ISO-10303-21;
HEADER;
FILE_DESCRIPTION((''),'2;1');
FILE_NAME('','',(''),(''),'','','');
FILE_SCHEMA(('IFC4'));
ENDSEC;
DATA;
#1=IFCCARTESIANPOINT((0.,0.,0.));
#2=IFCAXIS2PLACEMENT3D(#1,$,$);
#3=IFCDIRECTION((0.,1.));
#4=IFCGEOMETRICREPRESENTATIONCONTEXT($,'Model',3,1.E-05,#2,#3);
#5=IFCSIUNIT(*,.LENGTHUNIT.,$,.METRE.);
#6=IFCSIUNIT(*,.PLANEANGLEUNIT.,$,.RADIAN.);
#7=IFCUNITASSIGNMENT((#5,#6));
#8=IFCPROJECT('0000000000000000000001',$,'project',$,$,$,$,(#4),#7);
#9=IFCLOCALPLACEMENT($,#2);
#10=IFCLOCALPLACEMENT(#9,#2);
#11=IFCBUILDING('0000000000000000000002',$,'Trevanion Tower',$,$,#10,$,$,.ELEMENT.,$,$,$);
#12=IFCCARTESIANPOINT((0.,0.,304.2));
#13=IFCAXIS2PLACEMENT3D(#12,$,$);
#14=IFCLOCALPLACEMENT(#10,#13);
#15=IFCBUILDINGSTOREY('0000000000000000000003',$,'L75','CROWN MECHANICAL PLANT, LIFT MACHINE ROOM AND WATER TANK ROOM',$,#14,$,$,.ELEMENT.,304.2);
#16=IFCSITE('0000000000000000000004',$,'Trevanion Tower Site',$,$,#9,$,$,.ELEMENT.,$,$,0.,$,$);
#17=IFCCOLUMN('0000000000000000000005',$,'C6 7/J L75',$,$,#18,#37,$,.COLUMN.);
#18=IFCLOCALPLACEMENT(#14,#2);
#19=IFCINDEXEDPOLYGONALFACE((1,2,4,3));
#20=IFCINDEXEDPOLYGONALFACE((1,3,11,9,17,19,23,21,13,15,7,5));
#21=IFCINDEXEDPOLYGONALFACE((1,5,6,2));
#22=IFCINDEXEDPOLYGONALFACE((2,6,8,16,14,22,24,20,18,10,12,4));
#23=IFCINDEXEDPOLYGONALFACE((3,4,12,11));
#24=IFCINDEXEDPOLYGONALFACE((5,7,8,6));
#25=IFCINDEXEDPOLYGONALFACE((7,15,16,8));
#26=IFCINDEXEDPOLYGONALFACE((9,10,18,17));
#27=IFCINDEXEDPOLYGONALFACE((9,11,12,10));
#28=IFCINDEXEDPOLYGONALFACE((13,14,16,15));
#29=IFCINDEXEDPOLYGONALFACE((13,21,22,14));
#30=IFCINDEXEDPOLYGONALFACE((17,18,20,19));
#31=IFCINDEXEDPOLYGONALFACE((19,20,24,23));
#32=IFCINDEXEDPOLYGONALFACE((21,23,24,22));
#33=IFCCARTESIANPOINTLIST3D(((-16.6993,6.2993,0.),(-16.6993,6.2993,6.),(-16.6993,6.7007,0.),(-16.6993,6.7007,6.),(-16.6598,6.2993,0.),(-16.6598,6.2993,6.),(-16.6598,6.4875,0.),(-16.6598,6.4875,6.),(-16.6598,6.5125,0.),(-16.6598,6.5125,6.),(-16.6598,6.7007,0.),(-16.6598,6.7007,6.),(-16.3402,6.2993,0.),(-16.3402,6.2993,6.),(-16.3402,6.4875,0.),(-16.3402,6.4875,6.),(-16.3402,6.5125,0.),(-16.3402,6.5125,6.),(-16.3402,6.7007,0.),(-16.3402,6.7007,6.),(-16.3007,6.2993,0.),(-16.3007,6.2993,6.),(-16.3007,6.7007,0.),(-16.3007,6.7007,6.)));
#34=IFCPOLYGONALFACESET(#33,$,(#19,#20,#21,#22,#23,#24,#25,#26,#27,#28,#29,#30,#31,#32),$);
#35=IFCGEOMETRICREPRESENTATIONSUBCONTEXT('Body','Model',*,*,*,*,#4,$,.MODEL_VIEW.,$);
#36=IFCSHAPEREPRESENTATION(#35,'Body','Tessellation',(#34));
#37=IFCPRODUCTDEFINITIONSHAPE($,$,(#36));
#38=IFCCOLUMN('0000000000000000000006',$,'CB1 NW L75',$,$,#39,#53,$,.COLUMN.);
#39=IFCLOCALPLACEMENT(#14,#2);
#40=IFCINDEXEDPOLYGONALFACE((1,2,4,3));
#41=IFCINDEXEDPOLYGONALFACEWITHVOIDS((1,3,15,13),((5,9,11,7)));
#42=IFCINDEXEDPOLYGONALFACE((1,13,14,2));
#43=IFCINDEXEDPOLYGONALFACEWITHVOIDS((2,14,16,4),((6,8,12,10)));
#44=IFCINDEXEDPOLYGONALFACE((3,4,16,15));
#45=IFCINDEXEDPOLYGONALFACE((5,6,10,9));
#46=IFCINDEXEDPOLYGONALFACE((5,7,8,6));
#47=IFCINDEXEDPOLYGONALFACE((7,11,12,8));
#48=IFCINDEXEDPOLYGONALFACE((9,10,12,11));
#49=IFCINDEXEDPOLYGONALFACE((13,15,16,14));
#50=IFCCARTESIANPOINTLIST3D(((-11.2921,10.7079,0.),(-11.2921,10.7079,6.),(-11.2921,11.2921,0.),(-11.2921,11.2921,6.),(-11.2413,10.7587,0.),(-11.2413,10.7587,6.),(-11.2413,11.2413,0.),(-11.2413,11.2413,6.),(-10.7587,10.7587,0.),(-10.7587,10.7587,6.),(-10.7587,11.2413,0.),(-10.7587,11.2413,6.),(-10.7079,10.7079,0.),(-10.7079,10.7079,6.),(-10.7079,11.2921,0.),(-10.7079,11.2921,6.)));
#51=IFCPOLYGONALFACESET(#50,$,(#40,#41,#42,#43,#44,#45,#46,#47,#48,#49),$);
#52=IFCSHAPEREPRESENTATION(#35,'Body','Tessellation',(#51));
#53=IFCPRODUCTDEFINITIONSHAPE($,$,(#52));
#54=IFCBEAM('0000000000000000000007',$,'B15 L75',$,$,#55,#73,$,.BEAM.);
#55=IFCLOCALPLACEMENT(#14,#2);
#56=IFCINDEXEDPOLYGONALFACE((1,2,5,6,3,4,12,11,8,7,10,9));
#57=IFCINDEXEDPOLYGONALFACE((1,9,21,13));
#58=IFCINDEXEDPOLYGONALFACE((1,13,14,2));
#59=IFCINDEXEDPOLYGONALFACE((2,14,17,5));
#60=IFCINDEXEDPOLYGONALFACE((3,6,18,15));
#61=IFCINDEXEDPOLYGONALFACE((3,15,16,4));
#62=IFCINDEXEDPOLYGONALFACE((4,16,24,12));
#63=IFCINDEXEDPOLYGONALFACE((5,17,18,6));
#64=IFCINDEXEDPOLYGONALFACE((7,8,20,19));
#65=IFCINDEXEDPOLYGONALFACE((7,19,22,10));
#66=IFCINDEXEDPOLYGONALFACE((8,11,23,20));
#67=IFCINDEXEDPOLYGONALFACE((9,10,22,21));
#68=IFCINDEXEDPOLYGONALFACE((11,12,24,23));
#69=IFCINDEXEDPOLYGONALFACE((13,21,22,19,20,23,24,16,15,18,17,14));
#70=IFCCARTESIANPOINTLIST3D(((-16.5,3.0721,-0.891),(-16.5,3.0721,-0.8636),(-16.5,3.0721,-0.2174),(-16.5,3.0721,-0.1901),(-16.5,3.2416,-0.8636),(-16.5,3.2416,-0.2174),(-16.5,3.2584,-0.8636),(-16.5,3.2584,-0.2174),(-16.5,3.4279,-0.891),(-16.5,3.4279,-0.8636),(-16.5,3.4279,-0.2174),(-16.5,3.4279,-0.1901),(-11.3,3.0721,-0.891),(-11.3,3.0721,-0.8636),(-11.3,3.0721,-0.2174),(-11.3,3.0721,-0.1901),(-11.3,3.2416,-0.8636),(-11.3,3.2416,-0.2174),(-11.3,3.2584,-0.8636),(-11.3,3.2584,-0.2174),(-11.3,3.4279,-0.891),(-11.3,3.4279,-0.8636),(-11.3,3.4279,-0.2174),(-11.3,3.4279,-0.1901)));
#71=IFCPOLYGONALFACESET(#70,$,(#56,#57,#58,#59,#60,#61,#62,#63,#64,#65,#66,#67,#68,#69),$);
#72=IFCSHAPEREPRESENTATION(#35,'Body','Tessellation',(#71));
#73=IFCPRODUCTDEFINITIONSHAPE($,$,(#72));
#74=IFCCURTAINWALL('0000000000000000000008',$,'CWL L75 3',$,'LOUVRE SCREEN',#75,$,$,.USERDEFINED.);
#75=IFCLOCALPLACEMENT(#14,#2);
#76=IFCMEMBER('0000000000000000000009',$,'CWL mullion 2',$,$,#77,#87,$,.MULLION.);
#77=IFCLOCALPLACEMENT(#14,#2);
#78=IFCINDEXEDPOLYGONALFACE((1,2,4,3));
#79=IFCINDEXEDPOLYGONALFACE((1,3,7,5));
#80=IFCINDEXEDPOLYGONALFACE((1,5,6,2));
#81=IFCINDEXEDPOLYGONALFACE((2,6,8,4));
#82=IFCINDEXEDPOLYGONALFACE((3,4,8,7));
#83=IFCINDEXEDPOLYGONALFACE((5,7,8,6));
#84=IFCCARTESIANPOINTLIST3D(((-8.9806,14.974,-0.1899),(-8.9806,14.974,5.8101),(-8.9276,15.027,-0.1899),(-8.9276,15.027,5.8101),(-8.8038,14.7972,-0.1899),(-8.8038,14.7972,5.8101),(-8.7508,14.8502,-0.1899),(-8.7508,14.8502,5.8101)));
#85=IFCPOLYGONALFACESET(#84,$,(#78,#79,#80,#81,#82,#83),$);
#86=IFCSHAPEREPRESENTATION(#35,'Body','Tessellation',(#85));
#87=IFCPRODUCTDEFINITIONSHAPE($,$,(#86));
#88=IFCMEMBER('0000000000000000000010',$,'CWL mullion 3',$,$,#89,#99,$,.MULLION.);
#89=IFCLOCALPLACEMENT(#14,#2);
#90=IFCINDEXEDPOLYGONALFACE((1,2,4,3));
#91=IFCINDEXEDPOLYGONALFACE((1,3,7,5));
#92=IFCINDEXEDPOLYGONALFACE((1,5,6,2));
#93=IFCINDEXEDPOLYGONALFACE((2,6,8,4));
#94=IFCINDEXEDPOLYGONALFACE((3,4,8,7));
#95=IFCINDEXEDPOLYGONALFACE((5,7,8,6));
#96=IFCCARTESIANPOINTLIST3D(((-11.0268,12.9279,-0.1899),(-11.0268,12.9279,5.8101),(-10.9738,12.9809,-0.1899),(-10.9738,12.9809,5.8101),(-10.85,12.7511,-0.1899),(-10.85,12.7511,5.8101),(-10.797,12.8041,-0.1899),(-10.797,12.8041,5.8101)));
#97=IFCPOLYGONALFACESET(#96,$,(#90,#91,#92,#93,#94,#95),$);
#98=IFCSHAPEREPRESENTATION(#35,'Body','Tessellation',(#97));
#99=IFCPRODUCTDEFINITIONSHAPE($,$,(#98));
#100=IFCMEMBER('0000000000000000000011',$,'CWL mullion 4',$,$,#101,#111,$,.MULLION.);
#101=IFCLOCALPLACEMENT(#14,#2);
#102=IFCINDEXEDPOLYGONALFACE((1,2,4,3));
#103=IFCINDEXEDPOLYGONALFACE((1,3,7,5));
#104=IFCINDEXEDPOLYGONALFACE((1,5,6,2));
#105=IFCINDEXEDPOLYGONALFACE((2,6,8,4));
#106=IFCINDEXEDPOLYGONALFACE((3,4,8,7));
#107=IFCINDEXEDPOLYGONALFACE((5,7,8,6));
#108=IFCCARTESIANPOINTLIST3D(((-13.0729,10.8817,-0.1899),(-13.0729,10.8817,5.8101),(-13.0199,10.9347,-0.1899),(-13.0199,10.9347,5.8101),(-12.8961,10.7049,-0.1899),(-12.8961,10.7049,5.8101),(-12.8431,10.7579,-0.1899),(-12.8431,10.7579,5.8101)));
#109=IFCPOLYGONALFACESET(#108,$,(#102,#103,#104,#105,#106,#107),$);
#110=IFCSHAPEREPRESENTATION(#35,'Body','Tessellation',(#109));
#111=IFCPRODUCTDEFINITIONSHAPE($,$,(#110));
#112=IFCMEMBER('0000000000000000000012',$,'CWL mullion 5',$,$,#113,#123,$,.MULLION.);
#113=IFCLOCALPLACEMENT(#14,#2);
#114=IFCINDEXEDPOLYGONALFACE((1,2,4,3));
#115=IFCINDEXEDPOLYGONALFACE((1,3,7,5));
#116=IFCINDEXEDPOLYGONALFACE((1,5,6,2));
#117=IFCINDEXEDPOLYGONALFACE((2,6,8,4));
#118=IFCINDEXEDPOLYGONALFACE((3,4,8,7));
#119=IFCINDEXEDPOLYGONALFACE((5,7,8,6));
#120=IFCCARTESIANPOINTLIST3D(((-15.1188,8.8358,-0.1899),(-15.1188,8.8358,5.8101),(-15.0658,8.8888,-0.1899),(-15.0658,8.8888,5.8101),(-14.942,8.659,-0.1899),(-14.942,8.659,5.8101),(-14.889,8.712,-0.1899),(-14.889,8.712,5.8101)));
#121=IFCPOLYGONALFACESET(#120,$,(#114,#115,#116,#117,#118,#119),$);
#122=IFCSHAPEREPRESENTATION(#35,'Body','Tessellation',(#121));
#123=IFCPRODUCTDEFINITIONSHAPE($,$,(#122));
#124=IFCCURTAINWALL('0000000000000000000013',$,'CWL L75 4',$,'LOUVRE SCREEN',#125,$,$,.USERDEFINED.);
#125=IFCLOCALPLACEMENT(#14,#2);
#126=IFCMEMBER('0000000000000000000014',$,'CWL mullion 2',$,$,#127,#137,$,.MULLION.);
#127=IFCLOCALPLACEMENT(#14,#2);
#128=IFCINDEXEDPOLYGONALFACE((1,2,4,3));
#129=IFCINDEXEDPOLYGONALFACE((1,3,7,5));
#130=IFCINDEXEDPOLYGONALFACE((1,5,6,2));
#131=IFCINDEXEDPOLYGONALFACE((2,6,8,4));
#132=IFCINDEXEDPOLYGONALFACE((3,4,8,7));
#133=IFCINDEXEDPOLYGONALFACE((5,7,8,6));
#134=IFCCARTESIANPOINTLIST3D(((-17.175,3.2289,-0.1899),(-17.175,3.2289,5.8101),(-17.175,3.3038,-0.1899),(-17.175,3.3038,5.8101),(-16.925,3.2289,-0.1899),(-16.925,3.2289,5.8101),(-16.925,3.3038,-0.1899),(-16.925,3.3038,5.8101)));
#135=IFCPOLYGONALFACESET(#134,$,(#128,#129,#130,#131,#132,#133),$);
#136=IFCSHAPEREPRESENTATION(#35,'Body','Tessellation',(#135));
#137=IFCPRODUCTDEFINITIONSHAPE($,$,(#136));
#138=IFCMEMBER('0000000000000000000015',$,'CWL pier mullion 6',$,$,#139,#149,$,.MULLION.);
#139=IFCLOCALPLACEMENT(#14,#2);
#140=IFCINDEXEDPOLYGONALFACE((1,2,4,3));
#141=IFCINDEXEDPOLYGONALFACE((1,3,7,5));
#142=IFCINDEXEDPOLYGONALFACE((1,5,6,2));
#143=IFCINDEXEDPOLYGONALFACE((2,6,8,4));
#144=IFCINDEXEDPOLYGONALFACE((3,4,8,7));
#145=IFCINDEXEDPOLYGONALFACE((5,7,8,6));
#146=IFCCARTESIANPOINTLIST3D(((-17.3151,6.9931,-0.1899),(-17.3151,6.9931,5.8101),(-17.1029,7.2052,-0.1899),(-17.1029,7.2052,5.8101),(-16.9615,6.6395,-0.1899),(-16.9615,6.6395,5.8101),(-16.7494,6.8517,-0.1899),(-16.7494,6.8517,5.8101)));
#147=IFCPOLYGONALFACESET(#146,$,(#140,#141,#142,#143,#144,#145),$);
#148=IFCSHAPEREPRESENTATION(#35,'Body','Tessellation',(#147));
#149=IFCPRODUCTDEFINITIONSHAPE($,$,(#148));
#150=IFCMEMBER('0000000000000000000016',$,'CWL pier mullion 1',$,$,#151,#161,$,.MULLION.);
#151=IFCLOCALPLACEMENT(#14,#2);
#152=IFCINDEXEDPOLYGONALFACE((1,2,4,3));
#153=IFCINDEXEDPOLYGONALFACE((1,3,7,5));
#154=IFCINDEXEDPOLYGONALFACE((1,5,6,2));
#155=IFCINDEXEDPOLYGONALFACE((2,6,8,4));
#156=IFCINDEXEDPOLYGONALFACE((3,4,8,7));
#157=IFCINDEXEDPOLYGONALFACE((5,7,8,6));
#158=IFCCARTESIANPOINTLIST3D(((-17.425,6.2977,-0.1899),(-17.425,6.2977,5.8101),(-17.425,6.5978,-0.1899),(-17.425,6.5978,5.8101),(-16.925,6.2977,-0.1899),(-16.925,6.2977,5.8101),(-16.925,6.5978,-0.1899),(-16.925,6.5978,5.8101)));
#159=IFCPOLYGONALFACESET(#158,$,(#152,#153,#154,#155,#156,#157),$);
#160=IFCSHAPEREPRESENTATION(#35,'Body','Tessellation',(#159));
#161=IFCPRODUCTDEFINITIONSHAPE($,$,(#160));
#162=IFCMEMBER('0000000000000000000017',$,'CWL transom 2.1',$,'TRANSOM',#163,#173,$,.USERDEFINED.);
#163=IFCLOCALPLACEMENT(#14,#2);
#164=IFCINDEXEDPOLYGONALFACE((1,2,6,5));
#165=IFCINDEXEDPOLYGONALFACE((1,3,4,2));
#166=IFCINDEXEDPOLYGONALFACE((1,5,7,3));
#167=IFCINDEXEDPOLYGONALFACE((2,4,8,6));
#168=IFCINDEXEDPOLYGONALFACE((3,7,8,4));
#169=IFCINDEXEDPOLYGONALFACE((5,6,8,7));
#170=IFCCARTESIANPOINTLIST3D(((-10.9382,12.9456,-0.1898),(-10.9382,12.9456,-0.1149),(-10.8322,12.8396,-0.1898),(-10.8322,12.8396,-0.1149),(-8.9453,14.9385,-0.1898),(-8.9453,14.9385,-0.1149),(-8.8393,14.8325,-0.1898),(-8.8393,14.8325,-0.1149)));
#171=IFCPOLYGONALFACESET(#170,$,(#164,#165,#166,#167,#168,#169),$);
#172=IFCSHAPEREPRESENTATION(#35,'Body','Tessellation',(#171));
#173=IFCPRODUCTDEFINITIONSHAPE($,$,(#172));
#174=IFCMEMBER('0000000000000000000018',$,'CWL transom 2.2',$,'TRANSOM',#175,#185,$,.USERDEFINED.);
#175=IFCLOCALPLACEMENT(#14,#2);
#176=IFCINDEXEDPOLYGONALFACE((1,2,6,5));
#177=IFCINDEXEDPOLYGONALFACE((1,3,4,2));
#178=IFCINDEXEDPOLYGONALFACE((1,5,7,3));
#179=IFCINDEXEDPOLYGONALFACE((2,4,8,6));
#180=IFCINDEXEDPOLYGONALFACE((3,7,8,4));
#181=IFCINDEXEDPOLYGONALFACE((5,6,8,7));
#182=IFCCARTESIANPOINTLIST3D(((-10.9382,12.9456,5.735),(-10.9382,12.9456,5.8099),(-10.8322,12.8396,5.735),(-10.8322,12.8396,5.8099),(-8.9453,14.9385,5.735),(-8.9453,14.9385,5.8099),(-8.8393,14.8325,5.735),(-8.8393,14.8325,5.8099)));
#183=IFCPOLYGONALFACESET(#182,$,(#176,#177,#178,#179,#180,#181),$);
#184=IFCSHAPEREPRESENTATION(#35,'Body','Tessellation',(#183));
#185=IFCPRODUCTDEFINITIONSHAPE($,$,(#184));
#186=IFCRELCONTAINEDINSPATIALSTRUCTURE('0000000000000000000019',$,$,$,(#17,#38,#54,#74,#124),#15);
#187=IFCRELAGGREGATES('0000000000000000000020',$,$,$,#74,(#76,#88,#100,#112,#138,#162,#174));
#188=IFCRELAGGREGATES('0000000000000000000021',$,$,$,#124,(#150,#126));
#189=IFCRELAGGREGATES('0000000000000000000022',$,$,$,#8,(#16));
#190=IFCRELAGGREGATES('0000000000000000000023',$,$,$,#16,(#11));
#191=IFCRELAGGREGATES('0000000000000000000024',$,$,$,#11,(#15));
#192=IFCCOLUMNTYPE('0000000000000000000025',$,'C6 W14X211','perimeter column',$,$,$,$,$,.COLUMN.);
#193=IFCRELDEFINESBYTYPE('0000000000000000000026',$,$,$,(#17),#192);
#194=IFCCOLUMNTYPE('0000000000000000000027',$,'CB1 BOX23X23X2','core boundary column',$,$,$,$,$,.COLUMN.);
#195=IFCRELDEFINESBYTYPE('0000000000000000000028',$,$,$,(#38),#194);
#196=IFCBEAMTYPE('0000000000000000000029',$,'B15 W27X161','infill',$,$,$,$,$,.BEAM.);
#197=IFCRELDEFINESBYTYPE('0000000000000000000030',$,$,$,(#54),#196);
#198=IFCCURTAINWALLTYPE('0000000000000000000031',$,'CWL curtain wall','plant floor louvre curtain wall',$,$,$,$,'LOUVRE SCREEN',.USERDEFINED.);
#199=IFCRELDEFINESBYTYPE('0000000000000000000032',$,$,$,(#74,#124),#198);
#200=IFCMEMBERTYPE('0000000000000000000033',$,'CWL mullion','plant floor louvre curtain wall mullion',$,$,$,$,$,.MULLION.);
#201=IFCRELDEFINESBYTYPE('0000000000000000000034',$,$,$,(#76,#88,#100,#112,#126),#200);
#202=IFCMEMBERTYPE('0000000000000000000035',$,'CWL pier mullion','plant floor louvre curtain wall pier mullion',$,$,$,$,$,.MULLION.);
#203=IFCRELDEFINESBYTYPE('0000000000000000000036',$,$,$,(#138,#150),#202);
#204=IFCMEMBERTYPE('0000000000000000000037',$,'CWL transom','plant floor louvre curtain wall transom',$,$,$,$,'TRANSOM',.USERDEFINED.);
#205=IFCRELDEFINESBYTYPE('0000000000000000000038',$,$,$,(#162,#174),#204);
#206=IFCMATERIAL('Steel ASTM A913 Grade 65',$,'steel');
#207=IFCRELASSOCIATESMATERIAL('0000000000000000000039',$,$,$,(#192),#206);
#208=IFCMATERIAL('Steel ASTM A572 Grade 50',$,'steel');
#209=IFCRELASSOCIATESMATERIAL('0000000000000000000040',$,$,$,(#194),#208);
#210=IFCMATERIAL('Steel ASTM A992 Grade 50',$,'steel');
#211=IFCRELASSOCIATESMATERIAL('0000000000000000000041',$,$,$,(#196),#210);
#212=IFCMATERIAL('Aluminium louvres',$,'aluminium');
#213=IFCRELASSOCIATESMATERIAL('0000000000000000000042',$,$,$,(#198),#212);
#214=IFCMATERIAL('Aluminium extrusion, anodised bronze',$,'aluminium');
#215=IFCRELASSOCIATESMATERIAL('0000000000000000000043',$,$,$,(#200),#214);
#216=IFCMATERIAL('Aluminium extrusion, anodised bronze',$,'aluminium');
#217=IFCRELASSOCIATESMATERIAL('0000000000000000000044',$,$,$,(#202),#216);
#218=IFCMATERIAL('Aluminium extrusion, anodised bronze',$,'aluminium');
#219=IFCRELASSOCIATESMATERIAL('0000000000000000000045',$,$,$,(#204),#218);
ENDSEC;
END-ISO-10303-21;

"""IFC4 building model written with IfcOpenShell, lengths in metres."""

from ifc_helpers import new_model, si_unit, direction, frame, origin, origin_2d, place, context, subcontext, project, spatial, rectangle, hollow_rectangle, i_section, extrude, material, material_profile, profile_set, type_object, element, aggregate, save


model = new_model("IFC4")

# Units and contexts
model_context = context("Model", 3, precision=1e-05, world=origin(), true_north=direction((0.0, 1.0)))
body_context = subcontext(model_context, "Body", "Model", "MODEL_VIEW")
ifc_project = project(units=[si_unit("LENGTHUNIT", "METRE"), si_unit("PLANEANGLEUNIT", "RADIAN")], contexts=[model_context])

# Site, building, storey
site_placement = place(None, origin())
site = spatial("IfcSite", under=ifc_project, at=site_placement, Name="Trevanion Tower Site", CompositionType="ELEMENT", RefElevation=0.0)
building_placement = place(site_placement, origin())
building = spatial("IfcBuilding", under=site, at=building_placement, Name="Trevanion Tower", CompositionType="ELEMENT")
storey_placement = place(building_placement, frame((0.0, 0.0, 304.2)))
storey = spatial("IfcBuildingStorey", under=building, at=storey_placement, Name="L75", Description="CROWN MECHANICAL PLANT, LIFT MACHINE ROOM AND WATER TANK ROOM", CompositionType="ELEMENT", Elevation=304.2)

# Columns
ifc_material_1 = material(Name="Steel ASTM A913 Grade 65", Category="steel")
ifc_material_profile_1 = material_profile(ifc_material_1, i_section(OverallWidth=0.4014, OverallDepth=0.3987, WebThickness=0.0249, FlangeThickness=0.0396, at=origin_2d()), Name="W14X211")
ifc_profile_set_1 = profile_set([ifc_material_profile_1], Name="Steel ASTM A913 Grade 65")
column_type_1 = type_object("IfcColumnType", Name="C6 W14X211", Description="perimeter column", PredefinedType="COLUMN", material=ifc_profile_set_1)
column_1_placement = place(storey_placement, frame((-16.5, 6.5, 0.0), z_axis=(0.0, 0.0, 1.0), x_axis=(0.0, 1.0, 0.0)))
element("IfcColumn", 1, at=column_1_placement, inside=storey, type_object=column_type_1, Name="C6 7/J L75", PredefinedType="COLUMN", context=body_context, shape_type="SweptSolid", body=[
    extrude(i_section(OverallWidth=0.4014, OverallDepth=0.3987, WebThickness=0.0249, FlangeThickness=0.0396, at=origin_2d()), origin(), (0.0, 0.0, 1.0), 6.0),
])
ifc_material_2 = material(Name="Steel ASTM A572 Grade 50", Category="steel")
ifc_material_profile_2 = material_profile(ifc_material_2, hollow_rectangle(XDim=0.5842, YDim=0.5842, WallThickness=0.0508, at=origin_2d()), Name="BOX23X23X2")
ifc_profile_set_2 = profile_set([ifc_material_profile_2], Name="Steel ASTM A572 Grade 50")
column_type_2 = type_object("IfcColumnType", Name="CB1 BOX23X23X2", Description="core boundary column", PredefinedType="COLUMN", material=ifc_profile_set_2)
column_2_placement = place(storey_placement, frame((-11.0, 11.0, 0.0), z_axis=(0.0, 0.0, 1.0), x_axis=(1.0, 0.0, 0.0)))
element("IfcColumn", 2, at=column_2_placement, inside=storey, type_object=column_type_2, Name="CB1 NW L75", PredefinedType="COLUMN", context=body_context, shape_type="SweptSolid", body=[
    extrude(hollow_rectangle(XDim=0.5842, YDim=0.5842, WallThickness=0.0508, at=origin_2d()), origin(), (0.0, 0.0, 1.0), 6.0),
])

# Beam
ifc_material_3 = material(Name="Steel ASTM A992 Grade 50", Category="steel")
ifc_material_profile_3 = material_profile(ifc_material_3, i_section(OverallWidth=0.3557, OverallDepth=0.7009, WebThickness=0.0168, FlangeThickness=0.0273, at=origin_2d()), Name="W27X161")
ifc_profile_set_3 = profile_set([ifc_material_profile_3], Name="Steel ASTM A992 Grade 50")
beam_type_1 = type_object("IfcBeamType", Name="B15 W27X161", Description="infill", PredefinedType="BEAM", material=ifc_profile_set_3)
beam_1_placement = place(storey_placement, frame((-11.3, 3.25, -0.5405), z_axis=(-1.0, 0.0, 0.0), x_axis=(0.0, -1.0, 0.0)))
element("IfcBeam", 3, at=beam_1_placement, inside=storey, type_object=beam_type_1, Name="B15 L75", PredefinedType="BEAM", context=body_context, shape_type="SweptSolid", body=[
    extrude(i_section(OverallWidth=0.3557, OverallDepth=0.7009, WebThickness=0.0168, FlangeThickness=0.0273, at=origin_2d()), origin(), (0.0, 0.0, 1.0), 5.2),
])

# Curtain wall, members
ifc_material_4 = material(Name="Aluminium louvres", Category="aluminium")
curtain_wall_type = type_object("IfcCurtainWallType", Name="CWL curtain wall", Description="plant floor louvre curtain wall", ElementType="LOUVRE SCREEN", PredefinedType="USERDEFINED", material=ifc_material_4)
curtain_wall_1_placement = place(storey_placement, origin())
curtain_wall_1 = element("IfcCurtainWall", 4, at=curtain_wall_1_placement, inside=storey, type_object=curtain_wall_type, Name="CWL L75 3", ObjectType="LOUVRE SCREEN", PredefinedType="USERDEFINED")
ifc_material_5 = material(Name="Aluminium extrusion, anodised bronze", Category="aluminium")
ifc_material_profile_4 = material_profile(ifc_material_5, rectangle(XDim=0.075, YDim=0.25, at=origin_2d()), Name="CWL mullion")
ifc_profile_set_4 = profile_set([ifc_material_profile_4], Name="Aluminium extrusion, anodised bronze")
member_type_1 = type_object("IfcMemberType", Name="CWL mullion", Description="plant floor louvre curtain wall mullion", PredefinedType="MULLION", material=ifc_profile_set_4)
member_1_placement = place(storey_placement, frame((-8.8657, 14.9121, -0.1899), z_axis=(0.0, 0.0, 1.0), x_axis=(-0.707107, -0.707107, 0.0)))
member_1 = element("IfcMember", 5, at=member_1_placement, type_object=member_type_1, Name="CWL mullion 2", PredefinedType="MULLION", context=body_context, shape_type="SweptSolid", body=[
    extrude(rectangle(XDim=0.075, YDim=0.25, at=origin_2d()), origin(), (0.0, 0.0, 1.0), 6.0),
])
member_2_placement = place(storey_placement, frame((-10.9119, 12.866, -0.1899), z_axis=(0.0, 0.0, 1.0), x_axis=(-0.707107, -0.707107, 0.0)))
member_2 = element("IfcMember", 6, at=member_2_placement, type_object=member_type_1, Name="CWL mullion 3", PredefinedType="MULLION", context=body_context, shape_type="SweptSolid", body=[
    extrude(rectangle(XDim=0.075, YDim=0.25, at=origin_2d()), origin(), (0.0, 0.0, 1.0), 6.0),
])
member_3_placement = place(storey_placement, frame((-12.958, 10.8198, -0.1899), z_axis=(0.0, 0.0, 1.0), x_axis=(-0.707107, -0.707107, 0.0)))
member_3 = element("IfcMember", 7, at=member_3_placement, type_object=member_type_1, Name="CWL mullion 4", PredefinedType="MULLION", context=body_context, shape_type="SweptSolid", body=[
    extrude(rectangle(XDim=0.075, YDim=0.25, at=origin_2d()), origin(), (0.0, 0.0, 1.0), 6.0),
])
member_4_placement = place(storey_placement, frame((-15.0039, 8.7739, -0.1899), z_axis=(0.0, 0.0, 1.0), x_axis=(-0.707107, -0.707107, 0.0)))
member_4 = element("IfcMember", 8, at=member_4_placement, type_object=member_type_1, Name="CWL mullion 5", PredefinedType="MULLION", context=body_context, shape_type="SweptSolid", body=[
    extrude(rectangle(XDim=0.075, YDim=0.25, at=origin_2d()), origin(), (0.0, 0.0, 1.0), 6.0),
])

# Curtain wall, member
curtain_wall_2_placement = place(storey_placement, origin())
curtain_wall_2 = element("IfcCurtainWall", 9, at=curtain_wall_2_placement, inside=storey, type_object=curtain_wall_type, Name="CWL L75 4", ObjectType="LOUVRE SCREEN", PredefinedType="USERDEFINED")
member_5_placement = place(storey_placement, frame((-17.05, 3.2664, -0.1899), z_axis=(0.0, 0.0, 1.0), x_axis=(0.0, -1.0, 0.0)))
member_5 = element("IfcMember", 10, at=member_5_placement, type_object=member_type_1, Name="CWL mullion 2", PredefinedType="MULLION", context=body_context, shape_type="SweptSolid", body=[
    extrude(rectangle(XDim=0.075, YDim=0.25, at=origin_2d()), origin(), (0.0, 0.0, 1.0), 6.0),
])

# Members
ifc_material_6 = material(Name="Aluminium extrusion, anodised bronze", Category="aluminium")
ifc_material_profile_5 = material_profile(ifc_material_6, rectangle(XDim=0.3, YDim=0.5, at=origin_2d()), Name="CWL pier mullion")
ifc_profile_set_5 = profile_set([ifc_material_profile_5], Name="Aluminium extrusion, anodised bronze")
member_type_2 = type_object("IfcMemberType", Name="CWL pier mullion", Description="plant floor louvre curtain wall pier mullion", PredefinedType="MULLION", material=ifc_profile_set_5)
member_6_placement = place(storey_placement, frame((-17.0322, 6.9224, -0.1899), z_axis=(0.0, 0.0, 1.0), x_axis=(-0.707107, -0.707107, 0.0)))
member_6 = element("IfcMember", 11, at=member_6_placement, type_object=member_type_2, Name="CWL pier mullion 6", PredefinedType="MULLION", context=body_context, shape_type="SweptSolid", body=[
    extrude(rectangle(XDim=0.3, YDim=0.5, at=origin_2d()), origin(), (0.0, 0.0, 1.0), 6.0),
])
member_7_placement = place(storey_placement, frame((-17.175, 6.4478, -0.1899), z_axis=(0.0, 0.0, 1.0), x_axis=(0.0, -1.0, 0.0)))
member_7 = element("IfcMember", 12, at=member_7_placement, type_object=member_type_2, Name="CWL pier mullion 1", PredefinedType="MULLION", context=body_context, shape_type="SweptSolid", body=[
    extrude(rectangle(XDim=0.3, YDim=0.5, at=origin_2d()), origin(), (0.0, 0.0, 1.0), 6.0),
])
ifc_material_7 = material(Name="Aluminium extrusion, anodised bronze", Category="aluminium")
ifc_material_profile_6 = material_profile(ifc_material_7, rectangle(XDim=0.1499, YDim=0.075, at=origin_2d()), Name="CWL transom")
ifc_profile_set_6 = profile_set([ifc_material_profile_6], Name="Aluminium extrusion, anodised bronze")
member_type_3 = type_object("IfcMemberType", Name="CWL transom", Description="plant floor louvre curtain wall transom", ElementType="TRANSOM", PredefinedType="USERDEFINED", material=ifc_profile_set_6)
member_8_placement = place(storey_placement, frame((-8.8923, 14.8855, -0.1523), z_axis=(-0.707107, -0.707107, 0.0), x_axis=(0.707107, -0.707107, 0.0)))
member_8 = element("IfcMember", 13, at=member_8_placement, type_object=member_type_3, Name="CWL transom 2.1", ObjectType="TRANSOM", PredefinedType="USERDEFINED", context=body_context, shape_type="SweptSolid", body=[
    extrude(rectangle(XDim=0.1499, YDim=0.075, at=origin_2d()), origin(), (0.0, 0.0, 1.0), 2.8184),
])
member_9_placement = place(storey_placement, frame((-8.8923, 14.8855, 5.7725), z_axis=(-0.707107, -0.707107, 0.0), x_axis=(0.707107, -0.707107, 0.0)))
member_9 = element("IfcMember", 14, at=member_9_placement, type_object=member_type_3, Name="CWL transom 2.2", ObjectType="TRANSOM", PredefinedType="USERDEFINED", context=body_context, shape_type="SweptSolid", body=[
    extrude(rectangle(XDim=0.1499, YDim=0.075, at=origin_2d()), origin(), (0.0, 0.0, 1.0), 2.8184),
])

aggregate(curtain_wall_1, [member_1, member_2, member_3, member_4, member_6, member_8, member_9])
aggregate(curtain_wall_2, [member_7, member_5])

save(model, "model.ifc")
